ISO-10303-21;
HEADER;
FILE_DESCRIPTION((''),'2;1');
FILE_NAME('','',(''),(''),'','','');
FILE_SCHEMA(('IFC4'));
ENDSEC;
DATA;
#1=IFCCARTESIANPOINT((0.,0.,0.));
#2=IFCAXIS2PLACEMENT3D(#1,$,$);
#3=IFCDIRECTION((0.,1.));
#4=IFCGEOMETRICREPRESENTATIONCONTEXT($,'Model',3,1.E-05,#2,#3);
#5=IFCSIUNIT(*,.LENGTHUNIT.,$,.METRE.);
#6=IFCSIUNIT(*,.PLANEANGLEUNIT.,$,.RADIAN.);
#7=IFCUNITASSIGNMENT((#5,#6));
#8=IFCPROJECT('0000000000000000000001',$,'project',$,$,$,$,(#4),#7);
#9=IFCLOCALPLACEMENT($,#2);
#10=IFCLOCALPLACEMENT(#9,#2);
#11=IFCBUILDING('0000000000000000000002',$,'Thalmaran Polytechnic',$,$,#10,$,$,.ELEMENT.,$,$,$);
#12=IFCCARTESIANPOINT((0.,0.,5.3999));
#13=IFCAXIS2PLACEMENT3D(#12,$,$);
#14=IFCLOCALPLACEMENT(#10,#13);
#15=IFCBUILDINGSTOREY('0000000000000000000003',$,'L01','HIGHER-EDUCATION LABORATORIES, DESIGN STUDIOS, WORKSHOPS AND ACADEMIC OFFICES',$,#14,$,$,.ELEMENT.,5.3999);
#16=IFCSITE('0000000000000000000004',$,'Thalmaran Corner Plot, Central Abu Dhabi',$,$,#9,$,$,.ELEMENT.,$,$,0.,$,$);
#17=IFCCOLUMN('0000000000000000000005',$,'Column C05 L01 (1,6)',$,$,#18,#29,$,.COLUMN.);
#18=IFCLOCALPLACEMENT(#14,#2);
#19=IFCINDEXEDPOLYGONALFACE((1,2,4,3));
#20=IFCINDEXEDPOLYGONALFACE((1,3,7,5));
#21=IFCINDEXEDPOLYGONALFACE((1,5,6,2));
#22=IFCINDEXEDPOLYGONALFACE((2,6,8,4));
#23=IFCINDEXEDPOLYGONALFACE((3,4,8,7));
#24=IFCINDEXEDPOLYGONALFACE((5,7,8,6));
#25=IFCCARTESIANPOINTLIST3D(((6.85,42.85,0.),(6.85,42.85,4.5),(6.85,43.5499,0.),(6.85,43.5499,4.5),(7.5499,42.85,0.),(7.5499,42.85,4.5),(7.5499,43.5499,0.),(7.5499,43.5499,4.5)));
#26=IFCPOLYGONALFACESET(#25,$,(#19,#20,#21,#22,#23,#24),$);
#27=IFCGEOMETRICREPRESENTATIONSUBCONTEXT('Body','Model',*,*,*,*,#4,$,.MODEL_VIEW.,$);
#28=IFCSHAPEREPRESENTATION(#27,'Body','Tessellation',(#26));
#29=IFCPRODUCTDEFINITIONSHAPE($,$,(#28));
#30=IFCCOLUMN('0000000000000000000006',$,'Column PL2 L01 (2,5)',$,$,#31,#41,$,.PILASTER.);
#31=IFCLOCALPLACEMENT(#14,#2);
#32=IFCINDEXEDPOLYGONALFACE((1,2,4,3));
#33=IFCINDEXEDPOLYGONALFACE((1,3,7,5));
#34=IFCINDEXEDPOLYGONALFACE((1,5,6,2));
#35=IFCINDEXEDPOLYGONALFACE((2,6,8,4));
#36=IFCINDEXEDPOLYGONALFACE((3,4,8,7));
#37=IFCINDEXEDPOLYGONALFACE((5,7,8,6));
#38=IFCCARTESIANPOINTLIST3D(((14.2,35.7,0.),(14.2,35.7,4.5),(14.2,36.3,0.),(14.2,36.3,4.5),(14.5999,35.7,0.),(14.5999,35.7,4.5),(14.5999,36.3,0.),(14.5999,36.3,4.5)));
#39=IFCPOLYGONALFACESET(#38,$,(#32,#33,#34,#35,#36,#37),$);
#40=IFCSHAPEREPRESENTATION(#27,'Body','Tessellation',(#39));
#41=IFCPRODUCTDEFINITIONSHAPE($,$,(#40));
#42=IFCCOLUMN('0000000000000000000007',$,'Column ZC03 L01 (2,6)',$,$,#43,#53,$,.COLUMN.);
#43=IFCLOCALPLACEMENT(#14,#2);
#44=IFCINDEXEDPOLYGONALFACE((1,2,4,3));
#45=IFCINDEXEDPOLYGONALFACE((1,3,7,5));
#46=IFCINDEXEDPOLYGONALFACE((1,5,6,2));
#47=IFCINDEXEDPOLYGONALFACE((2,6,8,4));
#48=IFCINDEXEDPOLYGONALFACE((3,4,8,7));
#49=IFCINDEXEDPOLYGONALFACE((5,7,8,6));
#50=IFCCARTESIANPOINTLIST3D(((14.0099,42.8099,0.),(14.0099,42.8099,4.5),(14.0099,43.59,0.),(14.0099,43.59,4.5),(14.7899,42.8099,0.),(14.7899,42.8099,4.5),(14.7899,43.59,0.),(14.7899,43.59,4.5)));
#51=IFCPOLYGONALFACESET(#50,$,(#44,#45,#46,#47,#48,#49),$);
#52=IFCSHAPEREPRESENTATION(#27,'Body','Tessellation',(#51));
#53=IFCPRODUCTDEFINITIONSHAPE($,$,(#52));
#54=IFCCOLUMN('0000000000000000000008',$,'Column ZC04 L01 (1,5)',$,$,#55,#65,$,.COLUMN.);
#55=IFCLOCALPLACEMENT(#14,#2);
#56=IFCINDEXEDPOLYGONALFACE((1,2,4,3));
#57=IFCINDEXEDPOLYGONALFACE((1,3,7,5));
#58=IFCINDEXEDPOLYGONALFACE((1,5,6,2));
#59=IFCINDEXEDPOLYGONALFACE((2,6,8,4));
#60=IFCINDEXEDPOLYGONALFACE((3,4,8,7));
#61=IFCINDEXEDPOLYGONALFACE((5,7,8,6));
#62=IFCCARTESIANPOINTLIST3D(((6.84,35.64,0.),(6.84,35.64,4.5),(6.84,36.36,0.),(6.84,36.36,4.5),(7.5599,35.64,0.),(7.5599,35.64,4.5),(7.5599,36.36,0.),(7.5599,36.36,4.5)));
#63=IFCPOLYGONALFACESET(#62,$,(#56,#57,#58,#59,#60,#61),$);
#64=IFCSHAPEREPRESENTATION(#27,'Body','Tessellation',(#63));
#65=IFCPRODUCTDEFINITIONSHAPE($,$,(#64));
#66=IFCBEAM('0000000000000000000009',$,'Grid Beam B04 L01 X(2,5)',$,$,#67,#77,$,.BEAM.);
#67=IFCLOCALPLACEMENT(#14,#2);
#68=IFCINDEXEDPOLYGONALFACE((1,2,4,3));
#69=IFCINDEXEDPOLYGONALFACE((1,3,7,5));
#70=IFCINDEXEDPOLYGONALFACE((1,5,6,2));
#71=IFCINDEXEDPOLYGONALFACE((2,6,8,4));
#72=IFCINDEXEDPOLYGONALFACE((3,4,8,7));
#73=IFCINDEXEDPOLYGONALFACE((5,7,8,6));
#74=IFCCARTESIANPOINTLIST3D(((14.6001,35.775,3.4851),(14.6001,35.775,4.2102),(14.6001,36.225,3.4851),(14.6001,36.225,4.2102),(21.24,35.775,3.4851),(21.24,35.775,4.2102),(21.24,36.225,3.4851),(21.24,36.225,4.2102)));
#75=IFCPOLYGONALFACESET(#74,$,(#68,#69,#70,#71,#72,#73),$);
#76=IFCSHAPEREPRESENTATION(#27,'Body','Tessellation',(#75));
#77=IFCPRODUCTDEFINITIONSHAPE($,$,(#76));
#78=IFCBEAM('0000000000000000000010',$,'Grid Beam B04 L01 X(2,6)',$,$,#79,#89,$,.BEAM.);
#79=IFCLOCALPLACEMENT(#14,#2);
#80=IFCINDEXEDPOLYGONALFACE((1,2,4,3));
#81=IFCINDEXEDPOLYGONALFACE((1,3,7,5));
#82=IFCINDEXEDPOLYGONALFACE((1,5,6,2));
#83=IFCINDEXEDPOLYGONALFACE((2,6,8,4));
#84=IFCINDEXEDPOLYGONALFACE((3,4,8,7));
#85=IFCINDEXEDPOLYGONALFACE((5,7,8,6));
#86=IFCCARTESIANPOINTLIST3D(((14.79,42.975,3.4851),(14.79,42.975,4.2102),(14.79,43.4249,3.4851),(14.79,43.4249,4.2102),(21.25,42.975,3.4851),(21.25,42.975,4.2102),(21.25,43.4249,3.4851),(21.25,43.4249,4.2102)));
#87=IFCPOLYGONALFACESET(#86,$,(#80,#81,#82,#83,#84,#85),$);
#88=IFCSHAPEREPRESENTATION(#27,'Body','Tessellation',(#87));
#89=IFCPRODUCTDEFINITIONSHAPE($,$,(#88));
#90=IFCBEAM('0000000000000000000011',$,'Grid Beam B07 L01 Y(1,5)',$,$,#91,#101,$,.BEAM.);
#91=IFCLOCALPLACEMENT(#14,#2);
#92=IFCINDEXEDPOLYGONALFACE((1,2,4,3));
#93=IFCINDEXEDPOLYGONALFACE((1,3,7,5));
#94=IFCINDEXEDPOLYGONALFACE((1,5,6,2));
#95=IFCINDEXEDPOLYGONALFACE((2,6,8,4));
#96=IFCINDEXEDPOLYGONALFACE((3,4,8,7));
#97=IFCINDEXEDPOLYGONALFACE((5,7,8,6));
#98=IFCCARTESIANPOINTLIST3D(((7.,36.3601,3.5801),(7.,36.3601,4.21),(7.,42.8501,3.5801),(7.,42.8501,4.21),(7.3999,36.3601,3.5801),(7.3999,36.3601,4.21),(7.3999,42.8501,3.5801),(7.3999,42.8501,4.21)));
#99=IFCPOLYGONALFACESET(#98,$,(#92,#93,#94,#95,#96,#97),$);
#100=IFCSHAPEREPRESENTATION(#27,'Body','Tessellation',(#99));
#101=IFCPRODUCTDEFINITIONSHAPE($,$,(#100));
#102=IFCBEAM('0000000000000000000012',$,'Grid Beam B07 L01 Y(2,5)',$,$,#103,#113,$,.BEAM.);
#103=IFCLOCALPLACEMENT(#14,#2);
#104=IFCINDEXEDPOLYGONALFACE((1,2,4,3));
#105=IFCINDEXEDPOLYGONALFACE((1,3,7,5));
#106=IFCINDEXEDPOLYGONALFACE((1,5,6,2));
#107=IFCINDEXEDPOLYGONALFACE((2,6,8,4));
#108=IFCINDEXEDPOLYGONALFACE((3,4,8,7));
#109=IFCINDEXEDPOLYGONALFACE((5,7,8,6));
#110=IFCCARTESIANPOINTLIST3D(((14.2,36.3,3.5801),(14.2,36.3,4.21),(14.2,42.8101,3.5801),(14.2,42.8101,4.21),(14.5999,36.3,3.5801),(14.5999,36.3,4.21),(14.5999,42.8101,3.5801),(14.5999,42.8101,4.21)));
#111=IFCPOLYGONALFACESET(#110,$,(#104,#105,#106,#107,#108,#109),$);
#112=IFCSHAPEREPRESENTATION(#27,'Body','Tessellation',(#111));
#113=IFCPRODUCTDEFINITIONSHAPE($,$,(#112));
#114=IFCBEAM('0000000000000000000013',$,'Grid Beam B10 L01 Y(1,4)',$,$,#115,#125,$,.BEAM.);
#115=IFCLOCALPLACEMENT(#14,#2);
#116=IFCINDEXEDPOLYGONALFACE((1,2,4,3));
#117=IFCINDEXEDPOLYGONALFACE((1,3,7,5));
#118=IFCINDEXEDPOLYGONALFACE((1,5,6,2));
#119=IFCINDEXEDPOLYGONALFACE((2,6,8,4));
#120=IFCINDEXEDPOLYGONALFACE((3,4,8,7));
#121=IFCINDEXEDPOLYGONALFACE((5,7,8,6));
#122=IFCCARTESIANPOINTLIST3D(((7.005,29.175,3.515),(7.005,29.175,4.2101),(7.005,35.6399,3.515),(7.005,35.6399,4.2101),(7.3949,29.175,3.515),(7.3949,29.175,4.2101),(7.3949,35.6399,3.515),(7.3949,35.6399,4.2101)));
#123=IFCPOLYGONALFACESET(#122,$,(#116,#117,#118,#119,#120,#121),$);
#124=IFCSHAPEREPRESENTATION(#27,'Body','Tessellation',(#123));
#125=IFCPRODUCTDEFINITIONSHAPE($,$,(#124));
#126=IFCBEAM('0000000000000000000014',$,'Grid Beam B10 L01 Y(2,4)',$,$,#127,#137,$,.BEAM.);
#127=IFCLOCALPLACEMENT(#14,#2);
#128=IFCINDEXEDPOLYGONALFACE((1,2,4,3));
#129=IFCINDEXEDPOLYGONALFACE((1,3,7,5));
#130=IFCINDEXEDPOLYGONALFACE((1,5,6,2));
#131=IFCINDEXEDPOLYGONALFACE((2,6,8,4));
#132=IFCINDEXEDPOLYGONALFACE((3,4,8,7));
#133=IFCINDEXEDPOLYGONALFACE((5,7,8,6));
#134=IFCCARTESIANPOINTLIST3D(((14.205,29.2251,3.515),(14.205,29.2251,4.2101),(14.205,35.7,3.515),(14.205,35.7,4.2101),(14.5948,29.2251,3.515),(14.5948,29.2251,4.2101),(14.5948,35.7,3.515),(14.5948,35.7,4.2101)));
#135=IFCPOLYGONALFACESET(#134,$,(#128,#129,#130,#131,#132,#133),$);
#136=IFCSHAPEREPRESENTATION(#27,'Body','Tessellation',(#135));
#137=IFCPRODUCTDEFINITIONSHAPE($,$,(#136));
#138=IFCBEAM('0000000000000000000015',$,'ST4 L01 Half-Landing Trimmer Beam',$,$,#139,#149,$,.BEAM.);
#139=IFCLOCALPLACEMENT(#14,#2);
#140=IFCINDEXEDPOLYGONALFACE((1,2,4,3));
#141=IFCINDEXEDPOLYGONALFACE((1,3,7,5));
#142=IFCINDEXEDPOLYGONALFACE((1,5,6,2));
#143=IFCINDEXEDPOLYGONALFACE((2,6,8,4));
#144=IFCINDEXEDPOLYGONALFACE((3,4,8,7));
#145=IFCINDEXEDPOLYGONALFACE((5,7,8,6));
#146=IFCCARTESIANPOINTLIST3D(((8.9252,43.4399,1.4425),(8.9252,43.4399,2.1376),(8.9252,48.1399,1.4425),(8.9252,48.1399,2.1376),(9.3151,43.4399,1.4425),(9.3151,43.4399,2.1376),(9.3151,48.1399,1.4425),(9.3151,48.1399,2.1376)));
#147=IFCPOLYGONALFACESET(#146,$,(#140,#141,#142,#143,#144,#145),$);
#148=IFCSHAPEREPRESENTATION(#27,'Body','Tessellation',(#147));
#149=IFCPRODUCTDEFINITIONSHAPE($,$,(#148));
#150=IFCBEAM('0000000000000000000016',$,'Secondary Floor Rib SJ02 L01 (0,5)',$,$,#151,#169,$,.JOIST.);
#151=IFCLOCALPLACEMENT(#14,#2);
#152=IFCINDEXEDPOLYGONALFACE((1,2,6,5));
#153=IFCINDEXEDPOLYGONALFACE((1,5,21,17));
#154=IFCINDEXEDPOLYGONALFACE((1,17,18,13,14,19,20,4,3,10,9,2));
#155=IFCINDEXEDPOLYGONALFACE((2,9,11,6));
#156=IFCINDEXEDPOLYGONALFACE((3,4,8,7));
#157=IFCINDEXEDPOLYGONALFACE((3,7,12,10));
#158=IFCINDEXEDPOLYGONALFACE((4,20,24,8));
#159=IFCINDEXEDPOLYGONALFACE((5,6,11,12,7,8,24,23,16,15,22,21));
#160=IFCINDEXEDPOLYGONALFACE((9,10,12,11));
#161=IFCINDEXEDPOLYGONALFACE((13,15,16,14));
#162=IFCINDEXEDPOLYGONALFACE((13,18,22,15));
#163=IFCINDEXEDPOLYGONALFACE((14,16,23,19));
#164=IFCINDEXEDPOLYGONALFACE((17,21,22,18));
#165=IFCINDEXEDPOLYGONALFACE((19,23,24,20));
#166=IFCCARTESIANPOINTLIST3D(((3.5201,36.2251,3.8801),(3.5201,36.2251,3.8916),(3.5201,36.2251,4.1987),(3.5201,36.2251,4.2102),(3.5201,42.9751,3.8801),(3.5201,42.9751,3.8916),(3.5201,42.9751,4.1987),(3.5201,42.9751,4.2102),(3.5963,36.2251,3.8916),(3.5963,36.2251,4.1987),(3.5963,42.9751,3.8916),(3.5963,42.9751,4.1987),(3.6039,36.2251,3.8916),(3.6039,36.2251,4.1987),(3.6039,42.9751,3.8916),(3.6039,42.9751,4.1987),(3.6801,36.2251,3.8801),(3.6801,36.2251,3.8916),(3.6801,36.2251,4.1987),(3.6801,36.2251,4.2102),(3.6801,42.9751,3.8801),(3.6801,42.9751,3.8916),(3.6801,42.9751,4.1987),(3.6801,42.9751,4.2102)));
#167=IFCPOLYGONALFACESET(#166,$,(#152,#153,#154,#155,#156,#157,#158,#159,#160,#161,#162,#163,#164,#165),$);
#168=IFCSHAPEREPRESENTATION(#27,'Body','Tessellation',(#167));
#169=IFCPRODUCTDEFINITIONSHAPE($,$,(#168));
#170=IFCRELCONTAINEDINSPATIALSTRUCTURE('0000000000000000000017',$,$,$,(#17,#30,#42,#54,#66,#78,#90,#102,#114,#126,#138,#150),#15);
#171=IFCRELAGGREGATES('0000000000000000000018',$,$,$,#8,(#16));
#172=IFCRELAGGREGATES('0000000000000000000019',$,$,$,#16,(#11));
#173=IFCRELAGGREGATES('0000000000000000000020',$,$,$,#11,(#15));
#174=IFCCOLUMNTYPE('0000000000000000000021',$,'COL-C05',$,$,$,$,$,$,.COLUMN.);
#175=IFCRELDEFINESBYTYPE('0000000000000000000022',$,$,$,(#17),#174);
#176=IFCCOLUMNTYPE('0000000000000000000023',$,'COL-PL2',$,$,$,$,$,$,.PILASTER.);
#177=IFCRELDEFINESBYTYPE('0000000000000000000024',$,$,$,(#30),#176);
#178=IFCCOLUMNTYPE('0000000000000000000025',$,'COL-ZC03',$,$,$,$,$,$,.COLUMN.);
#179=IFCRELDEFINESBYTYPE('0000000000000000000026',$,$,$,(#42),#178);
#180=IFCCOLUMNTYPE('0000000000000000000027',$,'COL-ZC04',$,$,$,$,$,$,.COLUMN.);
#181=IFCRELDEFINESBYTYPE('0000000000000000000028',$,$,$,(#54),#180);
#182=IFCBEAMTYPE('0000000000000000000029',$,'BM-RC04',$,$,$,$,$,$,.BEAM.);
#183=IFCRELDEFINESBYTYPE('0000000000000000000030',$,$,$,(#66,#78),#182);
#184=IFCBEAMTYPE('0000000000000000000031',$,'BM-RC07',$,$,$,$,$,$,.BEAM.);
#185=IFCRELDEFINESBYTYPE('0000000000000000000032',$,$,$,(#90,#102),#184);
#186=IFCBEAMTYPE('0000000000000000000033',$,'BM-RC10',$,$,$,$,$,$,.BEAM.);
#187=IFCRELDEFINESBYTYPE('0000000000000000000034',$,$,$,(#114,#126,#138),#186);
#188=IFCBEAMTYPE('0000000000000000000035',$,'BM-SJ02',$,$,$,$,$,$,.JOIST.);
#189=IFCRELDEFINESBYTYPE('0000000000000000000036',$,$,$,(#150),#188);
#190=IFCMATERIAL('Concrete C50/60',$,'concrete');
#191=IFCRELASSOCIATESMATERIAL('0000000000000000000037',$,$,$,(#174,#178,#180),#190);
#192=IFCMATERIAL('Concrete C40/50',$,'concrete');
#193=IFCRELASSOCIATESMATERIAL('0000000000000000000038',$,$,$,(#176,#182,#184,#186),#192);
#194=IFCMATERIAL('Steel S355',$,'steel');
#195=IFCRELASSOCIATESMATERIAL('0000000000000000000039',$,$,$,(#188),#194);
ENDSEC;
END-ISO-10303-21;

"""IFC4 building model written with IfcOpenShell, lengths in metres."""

from ifc_helpers import new_model, si_unit, direction, frame, origin, origin_2d, place, context, subcontext, project, spatial, rectangle, i_section, extrude, material, material_profile, profile_set, type_object, element, save


model = new_model("IFC4")

# Units and contexts
model_context = context("Model", 3, precision=1e-05, world=origin(), true_north=direction((0.0, 1.0)))
body_context = subcontext(model_context, "Body", "Model", "MODEL_VIEW")
ifc_project = project(units=[si_unit("LENGTHUNIT", "METRE"), si_unit("PLANEANGLEUNIT", "RADIAN")], contexts=[model_context])

# Site, building, storey
site_placement = place(None, origin())
site = spatial("IfcSite", under=ifc_project, at=site_placement, Name="Thalmaran Corner Plot, Central Abu Dhabi", CompositionType="ELEMENT", RefElevation=0.0)
building_placement = place(site_placement, origin())
building = spatial("IfcBuilding", under=site, at=building_placement, Name="Thalmaran Polytechnic", CompositionType="ELEMENT")
storey_placement = place(building_placement, frame((0.0, 0.0, 5.3999)))
storey = spatial("IfcBuildingStorey", under=building, at=storey_placement, Name="L01", Description="HIGHER-EDUCATION LABORATORIES, DESIGN STUDIOS, WORKSHOPS AND ACADEMIC OFFICES", CompositionType="ELEMENT", Elevation=5.3999)

# Columns
ifc_material_1 = material(Name="Concrete C50/60", Category="concrete")
ifc_material_profile_1 = material_profile(ifc_material_1, rectangle(XDim=0.7, YDim=0.7, at=origin_2d()), Name="RC 700x700")
ifc_profile_set_1 = profile_set([ifc_material_profile_1], Name="Concrete C50/60")
column_type_1 = type_object("IfcColumnType", Name="COL-C05", PredefinedType="COLUMN", material=ifc_profile_set_1)
column_1_placement = place(storey_placement, frame((7.2, 43.2, 0.0), z_axis=(0.0, 0.0, 1.0), x_axis=(1.0, 0.0, 0.0)))
element("IfcColumn", 1, at=column_1_placement, inside=storey, type_object=column_type_1, Name="Column C05 L01 (1,6)", PredefinedType="COLUMN", context=body_context, shape_type="SweptSolid", body=[
    extrude(rectangle(XDim=0.7, YDim=0.7, at=origin_2d()), origin(), (0.0, 0.0, 1.0), 4.5),
])
ifc_material_2 = material(Name="Concrete C40/50", Category="concrete")
ifc_material_profile_2 = material_profile(ifc_material_2, rectangle(XDim=0.3999, YDim=0.6001, at=origin_2d()), Name="RC 400x600")
ifc_profile_set_2 = profile_set([ifc_material_profile_2], Name="Concrete C40/50")
column_type_2 = type_object("IfcColumnType", Name="COL-PL2", PredefinedType="PILASTER", material=ifc_profile_set_2)
column_2_placement = place(storey_placement, frame((14.3999, 36.0, 0.0), z_axis=(0.0, 0.0, 1.0), x_axis=(1.0, 0.0, 0.0)))
element("IfcColumn", 2, at=column_2_placement, inside=storey, type_object=column_type_2, Name="Column PL2 L01 (2,5)", PredefinedType="PILASTER", context=body_context, shape_type="SweptSolid", body=[
    extrude(rectangle(XDim=0.3999, YDim=0.6001, at=origin_2d()), origin(), (0.0, 0.0, 1.0), 4.5),
])
ifc_material_profile_3 = material_profile(ifc_material_1, rectangle(XDim=0.78, YDim=0.78, at=origin_2d()), Name="RC 780x780")
ifc_profile_set_3 = profile_set([ifc_material_profile_3], Name="Concrete C50/60")
column_type_3 = type_object("IfcColumnType", Name="COL-ZC03", PredefinedType="COLUMN", material=ifc_profile_set_3)
column_3_placement = place(storey_placement, frame((14.3999, 43.2, 0.0), z_axis=(0.0, 0.0, 1.0), x_axis=(1.0, 0.0, 0.0)))
element("IfcColumn", 3, at=column_3_placement, inside=storey, type_object=column_type_3, Name="Column ZC03 L01 (2,6)", PredefinedType="COLUMN", context=body_context, shape_type="SweptSolid", body=[
    extrude(rectangle(XDim=0.78, YDim=0.78, at=origin_2d()), origin(), (0.0, 0.0, 1.0), 4.5),
])
ifc_material_profile_4 = material_profile(ifc_material_1, rectangle(XDim=0.72, YDim=0.72, at=origin_2d()), Name="RC 720x720")
ifc_profile_set_4 = profile_set([ifc_material_profile_4], Name="Concrete C50/60")
column_type_4 = type_object("IfcColumnType", Name="COL-ZC04", PredefinedType="COLUMN", material=ifc_profile_set_4)
column_4_placement = place(storey_placement, frame((7.2, 36.0, 0.0), z_axis=(0.0, 0.0, 1.0), x_axis=(1.0, 0.0, 0.0)))
element("IfcColumn", 4, at=column_4_placement, inside=storey, type_object=column_type_4, Name="Column ZC04 L01 (1,5)", PredefinedType="COLUMN", context=body_context, shape_type="SweptSolid", body=[
    extrude(rectangle(XDim=0.72, YDim=0.72, at=origin_2d()), origin(), (0.0, 0.0, 1.0), 4.5),
])

# Beams
ifc_material_profile_5 = material_profile(ifc_material_2, rectangle(XDim=0.45, YDim=0.7251, at=origin_2d()), Name="RC 450x725")
ifc_profile_set_5 = profile_set([ifc_material_profile_5], Name="Concrete C40/50")
beam_type_1 = type_object("IfcBeamType", Name="BM-RC04", PredefinedType="BEAM", material=ifc_profile_set_5)
beam_1_placement = place(storey_placement, frame((14.6001, 36.0, 3.8477), z_axis=(1.0, 0.0, 0.0), x_axis=(0.0, 1.0, 0.0)))
element("IfcBeam", 5, at=beam_1_placement, inside=storey, type_object=beam_type_1, Name="Grid Beam B04 L01 X(2,5)", PredefinedType="BEAM", context=body_context, shape_type="SweptSolid", body=[
    extrude(rectangle(XDim=0.45, YDim=0.7251, at=origin_2d()), origin(), (0.0, 0.0, 1.0), 6.6399),
])
beam_2_placement = place(storey_placement, frame((14.79, 43.2, 3.8477), z_axis=(1.0, 0.0, 0.0), x_axis=(0.0, 1.0, 0.0)))
element("IfcBeam", 6, at=beam_2_placement, inside=storey, type_object=beam_type_1, Name="Grid Beam B04 L01 X(2,6)", PredefinedType="BEAM", context=body_context, shape_type="SweptSolid", body=[
    extrude(rectangle(XDim=0.45, YDim=0.7251, at=origin_2d()), origin(), (0.0, 0.0, 1.0), 6.46),
])
ifc_material_profile_6 = material_profile(ifc_material_2, rectangle(XDim=0.3999, YDim=0.6299, at=origin_2d()), Name="RC 400x630")
ifc_profile_set_6 = profile_set([ifc_material_profile_6], Name="Concrete C40/50")
beam_type_2 = type_object("IfcBeamType", Name="BM-RC07", PredefinedType="BEAM", material=ifc_profile_set_6)
beam_3_placement = place(storey_placement, frame((7.2, 36.3601, 3.895), z_axis=(0.0, 1.0, 0.0), x_axis=(-1.0, 0.0, 0.0)))
element("IfcBeam", 7, at=beam_3_placement, inside=storey, type_object=beam_type_2, Name="Grid Beam B07 L01 Y(1,5)", PredefinedType="BEAM", context=body_context, shape_type="SweptSolid", body=[
    extrude(rectangle(XDim=0.3999, YDim=0.6299, at=origin_2d()), origin(), (0.0, 0.0, 1.0), 6.49),
])
beam_4_placement = place(storey_placement, frame((14.3999, 36.3, 3.895), z_axis=(0.0, 1.0, 0.0), x_axis=(-1.0, 0.0, 0.0)))
element("IfcBeam", 8, at=beam_4_placement, inside=storey, type_object=beam_type_2, Name="Grid Beam B07 L01 Y(2,5)", PredefinedType="BEAM", context=body_context, shape_type="SweptSolid", body=[
    extrude(rectangle(XDim=0.3999, YDim=0.6299, at=origin_2d()), origin(), (0.0, 0.0, 1.0), 6.51),
])
ifc_material_profile_7 = material_profile(ifc_material_2, rectangle(XDim=0.3899, YDim=0.6951, at=origin_2d()), Name="RC 390x695")
ifc_profile_set_7 = profile_set([ifc_material_profile_7], Name="Concrete C40/50")
beam_type_3 = type_object("IfcBeamType", Name="BM-RC10", PredefinedType="BEAM", material=ifc_profile_set_7)
beam_5_placement = place(storey_placement, frame((7.2, 29.175, 3.8625), z_axis=(0.0, 1.0, 0.0), x_axis=(-1.0, 0.0, 0.0)))
element("IfcBeam", 9, at=beam_5_placement, inside=storey, type_object=beam_type_3, Name="Grid Beam B10 L01 Y(1,4)", PredefinedType="BEAM", context=body_context, shape_type="SweptSolid", body=[
    extrude(rectangle(XDim=0.3899, YDim=0.6951, at=origin_2d()), origin(), (0.0, 0.0, 1.0), 6.4648),
])
beam_6_placement = place(storey_placement, frame((14.3999, 29.2251, 3.8625), z_axis=(0.0, 1.0, 0.0), x_axis=(-1.0, 0.0, 0.0)))
element("IfcBeam", 10, at=beam_6_placement, inside=storey, type_object=beam_type_3, Name="Grid Beam B10 L01 Y(2,4)", PredefinedType="BEAM", context=body_context, shape_type="SweptSolid", body=[
    extrude(rectangle(XDim=0.3899, YDim=0.6951, at=origin_2d()), origin(), (0.0, 0.0, 1.0), 6.4749),
])
beam_7_placement = place(storey_placement, frame((9.1201, 43.4399, 1.79), z_axis=(0.0, 1.0, 0.0), x_axis=(-1.0, 0.0, 0.0)))
element("IfcBeam", 11, at=beam_7_placement, inside=storey, type_object=beam_type_3, Name="ST4 L01 Half-Landing Trimmer Beam", PredefinedType="BEAM", context=body_context, shape_type="SweptSolid", body=[
    extrude(rectangle(XDim=0.3899, YDim=0.6951, at=origin_2d()), origin(), (0.0, 0.0, 1.0), 4.7),
])
ifc_material_3 = material(Name="Steel S355", Category="steel")
ifc_material_profile_8 = material_profile(ifc_material_3, i_section(OverallWidth=0.1599, OverallDepth=0.3301, WebThickness=0.0076, FlangeThickness=0.0115, at=origin_2d()), Name="IPE 330")
ifc_profile_set_8 = profile_set([ifc_material_profile_8], Name="Steel S355")
beam_type_4 = type_object("IfcBeamType", Name="BM-SJ02", PredefinedType="JOIST", material=ifc_profile_set_8)
beam_8_placement = place(storey_placement, frame((3.6001, 36.2251, 4.0452), z_axis=(0.0, 1.0, 0.0), x_axis=(-1.0, 0.0, 0.0)))
element("IfcBeam", 12, at=beam_8_placement, inside=storey, type_object=beam_type_4, Name="Secondary Floor Rib SJ02 L01 (0,5)", PredefinedType="JOIST", context=body_context, shape_type="SweptSolid", body=[
    extrude(i_section(OverallWidth=0.1599, OverallDepth=0.3301, WebThickness=0.0076, FlangeThickness=0.0115, at=origin_2d()), origin(), (0.0, 0.0, 1.0), 6.75),
])

save(model, "model.ifc")
